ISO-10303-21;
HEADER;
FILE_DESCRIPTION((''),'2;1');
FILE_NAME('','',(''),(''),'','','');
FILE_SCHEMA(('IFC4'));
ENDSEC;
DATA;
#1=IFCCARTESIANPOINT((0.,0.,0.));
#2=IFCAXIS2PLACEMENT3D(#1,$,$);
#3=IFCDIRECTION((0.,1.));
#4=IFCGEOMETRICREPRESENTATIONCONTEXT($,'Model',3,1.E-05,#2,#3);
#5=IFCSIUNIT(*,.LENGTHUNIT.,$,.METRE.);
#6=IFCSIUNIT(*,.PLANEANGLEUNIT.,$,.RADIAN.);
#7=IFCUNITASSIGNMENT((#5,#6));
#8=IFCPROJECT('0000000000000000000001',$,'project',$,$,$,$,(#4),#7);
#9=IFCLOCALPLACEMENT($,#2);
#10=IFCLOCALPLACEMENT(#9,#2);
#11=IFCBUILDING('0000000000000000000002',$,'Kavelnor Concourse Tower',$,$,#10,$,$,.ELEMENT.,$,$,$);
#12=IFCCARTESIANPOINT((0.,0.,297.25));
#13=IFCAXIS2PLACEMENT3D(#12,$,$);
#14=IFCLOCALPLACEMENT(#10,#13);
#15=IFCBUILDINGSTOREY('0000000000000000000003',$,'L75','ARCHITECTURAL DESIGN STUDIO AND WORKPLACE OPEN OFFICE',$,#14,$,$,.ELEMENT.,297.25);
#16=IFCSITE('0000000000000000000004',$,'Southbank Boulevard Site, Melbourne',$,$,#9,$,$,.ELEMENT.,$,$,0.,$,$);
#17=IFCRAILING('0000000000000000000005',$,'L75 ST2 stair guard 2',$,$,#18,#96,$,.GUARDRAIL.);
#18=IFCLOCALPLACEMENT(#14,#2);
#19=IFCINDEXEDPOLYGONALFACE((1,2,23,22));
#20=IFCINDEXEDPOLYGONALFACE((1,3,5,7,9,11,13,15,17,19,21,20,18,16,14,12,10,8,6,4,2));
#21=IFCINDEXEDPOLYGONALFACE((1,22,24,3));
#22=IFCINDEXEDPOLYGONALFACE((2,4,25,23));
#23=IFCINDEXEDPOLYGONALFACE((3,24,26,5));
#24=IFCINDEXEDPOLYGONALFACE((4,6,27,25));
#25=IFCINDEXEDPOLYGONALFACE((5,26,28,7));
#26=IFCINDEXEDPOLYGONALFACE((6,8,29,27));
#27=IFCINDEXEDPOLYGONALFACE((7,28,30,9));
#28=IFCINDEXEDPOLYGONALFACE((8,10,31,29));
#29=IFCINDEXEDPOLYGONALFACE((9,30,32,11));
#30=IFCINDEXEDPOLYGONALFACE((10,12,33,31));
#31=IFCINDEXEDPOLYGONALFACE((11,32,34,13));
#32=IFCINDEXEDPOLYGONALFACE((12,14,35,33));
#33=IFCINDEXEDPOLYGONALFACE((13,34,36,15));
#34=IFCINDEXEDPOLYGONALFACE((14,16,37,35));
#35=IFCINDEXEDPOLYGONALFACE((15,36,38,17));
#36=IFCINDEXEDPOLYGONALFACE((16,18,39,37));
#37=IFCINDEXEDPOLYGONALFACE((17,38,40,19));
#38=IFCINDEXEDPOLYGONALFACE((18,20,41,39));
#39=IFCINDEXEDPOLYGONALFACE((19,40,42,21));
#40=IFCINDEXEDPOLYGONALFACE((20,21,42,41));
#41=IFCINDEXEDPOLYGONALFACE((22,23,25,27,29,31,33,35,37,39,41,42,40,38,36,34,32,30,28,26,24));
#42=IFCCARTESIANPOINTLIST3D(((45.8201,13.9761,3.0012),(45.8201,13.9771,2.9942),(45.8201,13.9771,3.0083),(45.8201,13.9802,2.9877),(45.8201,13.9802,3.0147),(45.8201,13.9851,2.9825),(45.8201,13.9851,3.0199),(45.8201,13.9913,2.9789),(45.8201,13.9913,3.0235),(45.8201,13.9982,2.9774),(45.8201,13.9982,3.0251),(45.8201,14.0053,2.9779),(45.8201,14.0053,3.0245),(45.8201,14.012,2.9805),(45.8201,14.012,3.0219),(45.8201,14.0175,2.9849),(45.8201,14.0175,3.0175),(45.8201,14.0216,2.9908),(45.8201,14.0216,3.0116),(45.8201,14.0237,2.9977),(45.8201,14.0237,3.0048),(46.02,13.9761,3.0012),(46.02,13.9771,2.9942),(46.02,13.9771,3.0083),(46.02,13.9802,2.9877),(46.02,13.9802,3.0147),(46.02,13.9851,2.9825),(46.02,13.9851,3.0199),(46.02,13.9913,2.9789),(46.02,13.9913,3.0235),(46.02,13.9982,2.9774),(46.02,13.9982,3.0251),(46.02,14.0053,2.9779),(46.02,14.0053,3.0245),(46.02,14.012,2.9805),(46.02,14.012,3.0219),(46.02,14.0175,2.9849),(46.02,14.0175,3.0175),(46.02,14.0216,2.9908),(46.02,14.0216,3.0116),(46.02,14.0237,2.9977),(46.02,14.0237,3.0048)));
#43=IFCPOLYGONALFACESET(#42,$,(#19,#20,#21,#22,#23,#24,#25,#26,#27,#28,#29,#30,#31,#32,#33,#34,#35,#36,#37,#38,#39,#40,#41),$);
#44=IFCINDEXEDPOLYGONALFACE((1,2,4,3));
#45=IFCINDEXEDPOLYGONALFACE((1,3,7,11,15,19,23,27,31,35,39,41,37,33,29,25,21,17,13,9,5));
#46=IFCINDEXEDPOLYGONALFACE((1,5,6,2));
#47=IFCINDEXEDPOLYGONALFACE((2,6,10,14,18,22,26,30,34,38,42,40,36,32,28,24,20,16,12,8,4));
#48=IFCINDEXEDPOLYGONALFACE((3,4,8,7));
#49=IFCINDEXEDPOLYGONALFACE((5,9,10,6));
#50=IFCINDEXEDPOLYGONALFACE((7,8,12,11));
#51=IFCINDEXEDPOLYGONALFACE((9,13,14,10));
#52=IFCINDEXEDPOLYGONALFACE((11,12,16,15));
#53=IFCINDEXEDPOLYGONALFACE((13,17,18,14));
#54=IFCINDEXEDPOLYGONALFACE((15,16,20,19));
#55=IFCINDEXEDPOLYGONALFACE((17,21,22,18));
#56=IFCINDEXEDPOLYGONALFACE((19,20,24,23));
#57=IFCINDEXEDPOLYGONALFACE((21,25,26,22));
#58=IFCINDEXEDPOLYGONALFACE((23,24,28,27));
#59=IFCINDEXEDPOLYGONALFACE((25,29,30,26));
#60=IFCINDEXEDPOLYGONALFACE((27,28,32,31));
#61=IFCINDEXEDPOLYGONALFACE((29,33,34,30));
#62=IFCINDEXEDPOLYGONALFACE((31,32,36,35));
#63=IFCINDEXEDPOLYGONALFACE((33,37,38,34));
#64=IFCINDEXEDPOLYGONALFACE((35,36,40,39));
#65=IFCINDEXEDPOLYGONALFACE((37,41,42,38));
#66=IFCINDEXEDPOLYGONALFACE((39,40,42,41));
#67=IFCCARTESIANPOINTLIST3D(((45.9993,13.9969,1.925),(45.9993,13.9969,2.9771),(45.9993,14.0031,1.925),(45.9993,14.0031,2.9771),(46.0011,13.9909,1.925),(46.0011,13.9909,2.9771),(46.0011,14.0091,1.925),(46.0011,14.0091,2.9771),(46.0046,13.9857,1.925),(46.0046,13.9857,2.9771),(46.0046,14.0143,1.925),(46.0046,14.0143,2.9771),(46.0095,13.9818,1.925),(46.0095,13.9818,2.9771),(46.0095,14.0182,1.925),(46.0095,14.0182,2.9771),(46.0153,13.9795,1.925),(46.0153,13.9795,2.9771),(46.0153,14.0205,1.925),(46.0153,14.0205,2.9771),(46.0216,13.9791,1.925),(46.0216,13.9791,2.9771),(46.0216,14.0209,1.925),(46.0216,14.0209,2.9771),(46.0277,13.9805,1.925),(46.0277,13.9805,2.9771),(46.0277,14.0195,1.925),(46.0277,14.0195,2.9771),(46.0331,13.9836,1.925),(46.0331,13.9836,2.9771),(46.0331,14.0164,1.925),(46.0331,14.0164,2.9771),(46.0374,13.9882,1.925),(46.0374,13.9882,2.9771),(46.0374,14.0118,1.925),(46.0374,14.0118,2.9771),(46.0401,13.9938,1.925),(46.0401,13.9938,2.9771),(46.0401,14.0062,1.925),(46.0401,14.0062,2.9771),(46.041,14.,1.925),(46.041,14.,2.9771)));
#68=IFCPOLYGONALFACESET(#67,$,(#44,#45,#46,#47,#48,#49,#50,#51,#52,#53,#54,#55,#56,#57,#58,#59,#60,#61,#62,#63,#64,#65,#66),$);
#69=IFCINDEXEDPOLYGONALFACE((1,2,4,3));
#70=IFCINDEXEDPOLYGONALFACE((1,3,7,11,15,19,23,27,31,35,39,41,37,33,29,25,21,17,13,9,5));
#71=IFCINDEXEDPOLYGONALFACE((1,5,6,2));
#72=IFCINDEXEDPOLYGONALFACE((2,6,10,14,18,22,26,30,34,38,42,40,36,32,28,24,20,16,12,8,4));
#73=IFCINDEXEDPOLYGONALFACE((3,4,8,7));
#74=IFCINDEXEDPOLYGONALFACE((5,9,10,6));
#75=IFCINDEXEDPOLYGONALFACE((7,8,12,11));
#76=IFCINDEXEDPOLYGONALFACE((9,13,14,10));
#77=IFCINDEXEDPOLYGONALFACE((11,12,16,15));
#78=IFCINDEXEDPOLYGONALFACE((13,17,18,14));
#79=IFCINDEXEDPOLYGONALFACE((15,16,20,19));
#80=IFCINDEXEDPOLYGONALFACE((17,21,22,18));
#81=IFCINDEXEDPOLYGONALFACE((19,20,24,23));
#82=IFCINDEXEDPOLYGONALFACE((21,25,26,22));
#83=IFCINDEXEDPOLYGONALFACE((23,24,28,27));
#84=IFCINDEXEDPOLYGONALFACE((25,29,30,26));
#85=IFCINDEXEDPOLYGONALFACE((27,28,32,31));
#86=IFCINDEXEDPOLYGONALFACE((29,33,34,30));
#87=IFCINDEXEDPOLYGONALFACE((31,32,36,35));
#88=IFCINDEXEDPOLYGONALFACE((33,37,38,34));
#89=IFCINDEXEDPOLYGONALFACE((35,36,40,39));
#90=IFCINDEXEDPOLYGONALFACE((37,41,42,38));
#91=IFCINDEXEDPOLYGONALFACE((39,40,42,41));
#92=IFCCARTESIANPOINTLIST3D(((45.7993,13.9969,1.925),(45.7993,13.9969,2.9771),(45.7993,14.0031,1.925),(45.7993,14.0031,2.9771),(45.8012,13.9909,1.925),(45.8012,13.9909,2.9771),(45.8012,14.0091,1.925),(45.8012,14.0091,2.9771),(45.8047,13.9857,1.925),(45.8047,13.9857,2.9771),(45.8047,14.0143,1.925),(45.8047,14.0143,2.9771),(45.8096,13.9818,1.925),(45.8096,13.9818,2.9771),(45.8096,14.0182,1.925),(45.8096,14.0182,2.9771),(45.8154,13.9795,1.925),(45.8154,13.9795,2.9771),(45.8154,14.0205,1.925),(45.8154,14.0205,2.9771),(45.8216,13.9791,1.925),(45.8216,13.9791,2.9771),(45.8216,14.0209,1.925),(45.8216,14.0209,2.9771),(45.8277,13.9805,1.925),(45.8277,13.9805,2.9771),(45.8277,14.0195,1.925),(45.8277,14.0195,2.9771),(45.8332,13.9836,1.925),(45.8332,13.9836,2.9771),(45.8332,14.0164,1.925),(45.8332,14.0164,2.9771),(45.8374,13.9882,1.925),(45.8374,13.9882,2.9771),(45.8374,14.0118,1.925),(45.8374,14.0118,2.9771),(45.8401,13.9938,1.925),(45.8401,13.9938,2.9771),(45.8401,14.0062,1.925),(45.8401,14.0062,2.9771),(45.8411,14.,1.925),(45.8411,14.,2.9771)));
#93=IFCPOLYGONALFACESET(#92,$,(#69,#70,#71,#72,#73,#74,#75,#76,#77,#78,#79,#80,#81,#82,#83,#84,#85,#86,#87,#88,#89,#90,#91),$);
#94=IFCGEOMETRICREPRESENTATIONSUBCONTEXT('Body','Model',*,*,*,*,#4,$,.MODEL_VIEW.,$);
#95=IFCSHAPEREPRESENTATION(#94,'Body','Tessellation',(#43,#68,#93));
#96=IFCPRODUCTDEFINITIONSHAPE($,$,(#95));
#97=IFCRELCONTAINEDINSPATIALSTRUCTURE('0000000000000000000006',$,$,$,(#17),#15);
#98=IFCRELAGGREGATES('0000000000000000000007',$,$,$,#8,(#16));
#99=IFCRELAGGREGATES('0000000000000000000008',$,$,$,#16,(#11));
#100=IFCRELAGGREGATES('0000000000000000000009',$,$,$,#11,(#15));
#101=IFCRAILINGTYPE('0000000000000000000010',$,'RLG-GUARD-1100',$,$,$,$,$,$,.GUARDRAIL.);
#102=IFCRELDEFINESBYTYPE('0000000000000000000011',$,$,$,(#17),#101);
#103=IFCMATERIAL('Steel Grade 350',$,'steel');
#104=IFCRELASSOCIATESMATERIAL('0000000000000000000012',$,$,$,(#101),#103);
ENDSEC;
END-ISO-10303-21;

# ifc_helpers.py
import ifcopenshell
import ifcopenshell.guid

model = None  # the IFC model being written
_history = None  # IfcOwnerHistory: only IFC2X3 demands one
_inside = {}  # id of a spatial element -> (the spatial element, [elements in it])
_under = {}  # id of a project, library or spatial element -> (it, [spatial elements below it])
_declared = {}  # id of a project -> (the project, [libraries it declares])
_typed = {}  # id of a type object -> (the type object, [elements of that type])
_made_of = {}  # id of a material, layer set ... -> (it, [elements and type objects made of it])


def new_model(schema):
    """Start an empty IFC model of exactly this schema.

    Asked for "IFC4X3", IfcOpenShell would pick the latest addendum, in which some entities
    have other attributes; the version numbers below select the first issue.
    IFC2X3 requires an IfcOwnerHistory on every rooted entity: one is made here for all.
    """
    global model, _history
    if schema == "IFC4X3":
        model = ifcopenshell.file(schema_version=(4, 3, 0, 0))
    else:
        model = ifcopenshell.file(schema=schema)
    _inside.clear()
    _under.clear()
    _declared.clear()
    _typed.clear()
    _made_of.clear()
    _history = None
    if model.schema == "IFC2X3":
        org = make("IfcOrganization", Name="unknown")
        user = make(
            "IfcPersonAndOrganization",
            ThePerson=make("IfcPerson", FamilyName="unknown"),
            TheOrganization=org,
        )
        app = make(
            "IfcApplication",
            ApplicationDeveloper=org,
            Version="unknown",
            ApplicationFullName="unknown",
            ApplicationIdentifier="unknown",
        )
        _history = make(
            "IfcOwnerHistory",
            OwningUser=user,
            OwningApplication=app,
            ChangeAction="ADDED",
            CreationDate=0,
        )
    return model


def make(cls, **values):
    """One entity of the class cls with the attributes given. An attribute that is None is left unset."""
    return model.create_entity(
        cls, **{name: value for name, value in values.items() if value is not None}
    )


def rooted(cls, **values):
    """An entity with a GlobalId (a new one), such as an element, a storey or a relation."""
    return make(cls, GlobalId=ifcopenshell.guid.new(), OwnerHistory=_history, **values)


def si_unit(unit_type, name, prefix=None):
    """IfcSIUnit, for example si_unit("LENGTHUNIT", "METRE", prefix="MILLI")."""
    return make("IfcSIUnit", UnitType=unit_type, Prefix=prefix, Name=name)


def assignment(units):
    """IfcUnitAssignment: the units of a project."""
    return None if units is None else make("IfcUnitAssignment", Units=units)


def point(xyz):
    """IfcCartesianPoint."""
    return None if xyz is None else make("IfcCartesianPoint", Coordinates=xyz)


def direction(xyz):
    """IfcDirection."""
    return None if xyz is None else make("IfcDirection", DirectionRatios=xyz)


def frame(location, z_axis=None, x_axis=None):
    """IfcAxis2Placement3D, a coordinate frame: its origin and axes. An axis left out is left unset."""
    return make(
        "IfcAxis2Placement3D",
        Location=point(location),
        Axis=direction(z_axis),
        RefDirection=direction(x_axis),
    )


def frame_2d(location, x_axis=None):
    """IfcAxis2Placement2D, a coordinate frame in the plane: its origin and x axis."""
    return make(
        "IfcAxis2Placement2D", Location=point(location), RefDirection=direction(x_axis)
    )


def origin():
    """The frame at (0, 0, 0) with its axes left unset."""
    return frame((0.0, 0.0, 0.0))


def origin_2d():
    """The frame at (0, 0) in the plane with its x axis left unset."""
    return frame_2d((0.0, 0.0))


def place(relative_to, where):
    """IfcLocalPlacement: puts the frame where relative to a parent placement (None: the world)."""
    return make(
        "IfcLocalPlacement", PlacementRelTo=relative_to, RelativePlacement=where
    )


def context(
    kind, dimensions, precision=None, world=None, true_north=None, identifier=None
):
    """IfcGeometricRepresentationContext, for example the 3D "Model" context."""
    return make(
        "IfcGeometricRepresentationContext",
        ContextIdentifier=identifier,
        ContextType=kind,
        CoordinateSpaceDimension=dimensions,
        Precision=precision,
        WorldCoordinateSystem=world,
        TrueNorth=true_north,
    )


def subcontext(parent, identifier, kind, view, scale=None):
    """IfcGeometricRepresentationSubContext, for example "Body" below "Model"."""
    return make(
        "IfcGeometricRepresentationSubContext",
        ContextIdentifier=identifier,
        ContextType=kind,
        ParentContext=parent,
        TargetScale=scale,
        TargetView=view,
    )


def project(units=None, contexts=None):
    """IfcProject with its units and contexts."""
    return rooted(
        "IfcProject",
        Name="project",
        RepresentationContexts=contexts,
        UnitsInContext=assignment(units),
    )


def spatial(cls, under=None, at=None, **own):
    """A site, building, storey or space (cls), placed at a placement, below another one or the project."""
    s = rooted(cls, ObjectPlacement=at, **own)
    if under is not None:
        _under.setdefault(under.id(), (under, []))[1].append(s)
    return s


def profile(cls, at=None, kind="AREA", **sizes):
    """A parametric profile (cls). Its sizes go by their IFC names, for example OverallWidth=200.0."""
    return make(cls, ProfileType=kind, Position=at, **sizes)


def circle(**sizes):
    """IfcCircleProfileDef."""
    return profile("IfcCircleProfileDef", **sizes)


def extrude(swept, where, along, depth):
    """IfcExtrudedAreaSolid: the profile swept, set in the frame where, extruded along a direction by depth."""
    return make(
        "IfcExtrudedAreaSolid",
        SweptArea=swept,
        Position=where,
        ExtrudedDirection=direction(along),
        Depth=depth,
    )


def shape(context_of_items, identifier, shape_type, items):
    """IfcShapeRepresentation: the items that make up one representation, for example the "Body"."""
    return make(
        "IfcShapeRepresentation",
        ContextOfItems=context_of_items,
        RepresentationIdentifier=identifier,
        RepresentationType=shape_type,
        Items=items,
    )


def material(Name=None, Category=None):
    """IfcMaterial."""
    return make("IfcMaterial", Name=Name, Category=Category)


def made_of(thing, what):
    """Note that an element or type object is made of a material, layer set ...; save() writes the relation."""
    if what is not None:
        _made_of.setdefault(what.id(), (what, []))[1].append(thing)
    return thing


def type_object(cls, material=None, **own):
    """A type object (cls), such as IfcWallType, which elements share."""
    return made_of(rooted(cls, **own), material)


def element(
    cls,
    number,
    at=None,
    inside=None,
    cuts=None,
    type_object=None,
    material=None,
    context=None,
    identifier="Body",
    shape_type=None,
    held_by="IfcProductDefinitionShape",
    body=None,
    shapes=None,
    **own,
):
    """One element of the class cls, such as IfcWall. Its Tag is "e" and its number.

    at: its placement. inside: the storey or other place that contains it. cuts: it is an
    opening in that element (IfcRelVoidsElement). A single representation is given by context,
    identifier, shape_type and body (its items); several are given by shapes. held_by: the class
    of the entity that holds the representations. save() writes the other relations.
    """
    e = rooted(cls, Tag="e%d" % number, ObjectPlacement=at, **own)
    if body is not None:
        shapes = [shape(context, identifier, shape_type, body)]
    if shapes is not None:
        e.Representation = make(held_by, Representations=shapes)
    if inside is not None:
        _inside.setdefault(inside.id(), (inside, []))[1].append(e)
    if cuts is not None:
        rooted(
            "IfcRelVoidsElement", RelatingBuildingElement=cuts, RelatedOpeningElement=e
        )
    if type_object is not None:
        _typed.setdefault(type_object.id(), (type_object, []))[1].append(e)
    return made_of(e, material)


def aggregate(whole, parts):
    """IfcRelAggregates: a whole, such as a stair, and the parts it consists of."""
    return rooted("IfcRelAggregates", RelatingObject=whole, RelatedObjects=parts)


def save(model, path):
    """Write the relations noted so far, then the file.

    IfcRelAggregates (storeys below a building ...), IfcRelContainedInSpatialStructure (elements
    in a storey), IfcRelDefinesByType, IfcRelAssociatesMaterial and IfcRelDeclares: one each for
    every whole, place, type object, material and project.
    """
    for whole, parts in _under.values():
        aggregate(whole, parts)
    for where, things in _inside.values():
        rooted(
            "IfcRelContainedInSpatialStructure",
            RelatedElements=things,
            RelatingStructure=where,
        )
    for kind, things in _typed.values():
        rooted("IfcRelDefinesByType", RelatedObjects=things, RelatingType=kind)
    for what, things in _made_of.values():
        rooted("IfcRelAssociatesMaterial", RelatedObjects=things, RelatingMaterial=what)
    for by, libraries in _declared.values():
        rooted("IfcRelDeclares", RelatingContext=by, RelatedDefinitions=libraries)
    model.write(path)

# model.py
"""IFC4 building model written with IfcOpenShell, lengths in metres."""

from ifc_helpers import new_model, si_unit, direction, frame, origin, origin_2d, place, context, subcontext, project, spatial, circle, extrude, material, type_object, element, save


model = new_model("IFC4")

# Units and contexts
model_context = context("Model", 3, precision=1e-05, world=origin(), true_north=direction((0.0, 1.0)))
body_context = subcontext(model_context, "Body", "Model", "MODEL_VIEW")
ifc_project = project(units=[si_unit("LENGTHUNIT", "METRE"), si_unit("PLANEANGLEUNIT", "RADIAN")], contexts=[model_context])

# Site, building, storey
site_placement = place(None, origin())
site = spatial("IfcSite", under=ifc_project, at=site_placement, Name="Southbank Boulevard Site, Melbourne", CompositionType="ELEMENT", RefElevation=0.0)
building_placement = place(site_placement, origin())
building = spatial("IfcBuilding", under=site, at=building_placement, Name="Kavelnor Concourse Tower", CompositionType="ELEMENT")
storey_placement = place(building_placement, frame((0.0, 0.0, 297.25)))
storey = spatial("IfcBuildingStorey", under=building, at=storey_placement, Name="L75", Description="ARCHITECTURAL DESIGN STUDIO AND WORKPLACE OPEN OFFICE", CompositionType="ELEMENT", Elevation=297.25)

# Shared definitions
ifc_material_1 = material(Name="Steel Grade 350", Category="steel")

# Railing
railing_type_1 = type_object("IfcRailingType", Name="RLG-GUARD-1100", PredefinedType="GUARDRAIL", material=ifc_material_1)
railing_1_placement = place(storey_placement, frame((46.02, 14.0, 1.925)))
element("IfcRailing", 1, at=railing_1_placement, inside=storey, type_object=railing_type_1, Name="L75 ST2 stair guard 2", PredefinedType="GUARDRAIL", context=body_context, shape_type="SweptSolid", body=[
    extrude(circle(Radius=0.0239, at=origin_2d()), frame((0.0, 0.0, 1.0762), z_axis=(-1.0, 0.0, 0.0), x_axis=(0.0, -1.0, 0.0)), (0.0, 0.0, 1.0), 0.2),
    extrude(circle(Radius=0.021, at=origin_2d()), origin(), (0.0, 0.0, 1.0), 1.052),
    extrude(circle(Radius=0.021, at=origin_2d()), frame((-0.2, 0.0, 0.0)), (0.0, 0.0, 1.0), 1.052),
])

save(model, "model.ifc")
